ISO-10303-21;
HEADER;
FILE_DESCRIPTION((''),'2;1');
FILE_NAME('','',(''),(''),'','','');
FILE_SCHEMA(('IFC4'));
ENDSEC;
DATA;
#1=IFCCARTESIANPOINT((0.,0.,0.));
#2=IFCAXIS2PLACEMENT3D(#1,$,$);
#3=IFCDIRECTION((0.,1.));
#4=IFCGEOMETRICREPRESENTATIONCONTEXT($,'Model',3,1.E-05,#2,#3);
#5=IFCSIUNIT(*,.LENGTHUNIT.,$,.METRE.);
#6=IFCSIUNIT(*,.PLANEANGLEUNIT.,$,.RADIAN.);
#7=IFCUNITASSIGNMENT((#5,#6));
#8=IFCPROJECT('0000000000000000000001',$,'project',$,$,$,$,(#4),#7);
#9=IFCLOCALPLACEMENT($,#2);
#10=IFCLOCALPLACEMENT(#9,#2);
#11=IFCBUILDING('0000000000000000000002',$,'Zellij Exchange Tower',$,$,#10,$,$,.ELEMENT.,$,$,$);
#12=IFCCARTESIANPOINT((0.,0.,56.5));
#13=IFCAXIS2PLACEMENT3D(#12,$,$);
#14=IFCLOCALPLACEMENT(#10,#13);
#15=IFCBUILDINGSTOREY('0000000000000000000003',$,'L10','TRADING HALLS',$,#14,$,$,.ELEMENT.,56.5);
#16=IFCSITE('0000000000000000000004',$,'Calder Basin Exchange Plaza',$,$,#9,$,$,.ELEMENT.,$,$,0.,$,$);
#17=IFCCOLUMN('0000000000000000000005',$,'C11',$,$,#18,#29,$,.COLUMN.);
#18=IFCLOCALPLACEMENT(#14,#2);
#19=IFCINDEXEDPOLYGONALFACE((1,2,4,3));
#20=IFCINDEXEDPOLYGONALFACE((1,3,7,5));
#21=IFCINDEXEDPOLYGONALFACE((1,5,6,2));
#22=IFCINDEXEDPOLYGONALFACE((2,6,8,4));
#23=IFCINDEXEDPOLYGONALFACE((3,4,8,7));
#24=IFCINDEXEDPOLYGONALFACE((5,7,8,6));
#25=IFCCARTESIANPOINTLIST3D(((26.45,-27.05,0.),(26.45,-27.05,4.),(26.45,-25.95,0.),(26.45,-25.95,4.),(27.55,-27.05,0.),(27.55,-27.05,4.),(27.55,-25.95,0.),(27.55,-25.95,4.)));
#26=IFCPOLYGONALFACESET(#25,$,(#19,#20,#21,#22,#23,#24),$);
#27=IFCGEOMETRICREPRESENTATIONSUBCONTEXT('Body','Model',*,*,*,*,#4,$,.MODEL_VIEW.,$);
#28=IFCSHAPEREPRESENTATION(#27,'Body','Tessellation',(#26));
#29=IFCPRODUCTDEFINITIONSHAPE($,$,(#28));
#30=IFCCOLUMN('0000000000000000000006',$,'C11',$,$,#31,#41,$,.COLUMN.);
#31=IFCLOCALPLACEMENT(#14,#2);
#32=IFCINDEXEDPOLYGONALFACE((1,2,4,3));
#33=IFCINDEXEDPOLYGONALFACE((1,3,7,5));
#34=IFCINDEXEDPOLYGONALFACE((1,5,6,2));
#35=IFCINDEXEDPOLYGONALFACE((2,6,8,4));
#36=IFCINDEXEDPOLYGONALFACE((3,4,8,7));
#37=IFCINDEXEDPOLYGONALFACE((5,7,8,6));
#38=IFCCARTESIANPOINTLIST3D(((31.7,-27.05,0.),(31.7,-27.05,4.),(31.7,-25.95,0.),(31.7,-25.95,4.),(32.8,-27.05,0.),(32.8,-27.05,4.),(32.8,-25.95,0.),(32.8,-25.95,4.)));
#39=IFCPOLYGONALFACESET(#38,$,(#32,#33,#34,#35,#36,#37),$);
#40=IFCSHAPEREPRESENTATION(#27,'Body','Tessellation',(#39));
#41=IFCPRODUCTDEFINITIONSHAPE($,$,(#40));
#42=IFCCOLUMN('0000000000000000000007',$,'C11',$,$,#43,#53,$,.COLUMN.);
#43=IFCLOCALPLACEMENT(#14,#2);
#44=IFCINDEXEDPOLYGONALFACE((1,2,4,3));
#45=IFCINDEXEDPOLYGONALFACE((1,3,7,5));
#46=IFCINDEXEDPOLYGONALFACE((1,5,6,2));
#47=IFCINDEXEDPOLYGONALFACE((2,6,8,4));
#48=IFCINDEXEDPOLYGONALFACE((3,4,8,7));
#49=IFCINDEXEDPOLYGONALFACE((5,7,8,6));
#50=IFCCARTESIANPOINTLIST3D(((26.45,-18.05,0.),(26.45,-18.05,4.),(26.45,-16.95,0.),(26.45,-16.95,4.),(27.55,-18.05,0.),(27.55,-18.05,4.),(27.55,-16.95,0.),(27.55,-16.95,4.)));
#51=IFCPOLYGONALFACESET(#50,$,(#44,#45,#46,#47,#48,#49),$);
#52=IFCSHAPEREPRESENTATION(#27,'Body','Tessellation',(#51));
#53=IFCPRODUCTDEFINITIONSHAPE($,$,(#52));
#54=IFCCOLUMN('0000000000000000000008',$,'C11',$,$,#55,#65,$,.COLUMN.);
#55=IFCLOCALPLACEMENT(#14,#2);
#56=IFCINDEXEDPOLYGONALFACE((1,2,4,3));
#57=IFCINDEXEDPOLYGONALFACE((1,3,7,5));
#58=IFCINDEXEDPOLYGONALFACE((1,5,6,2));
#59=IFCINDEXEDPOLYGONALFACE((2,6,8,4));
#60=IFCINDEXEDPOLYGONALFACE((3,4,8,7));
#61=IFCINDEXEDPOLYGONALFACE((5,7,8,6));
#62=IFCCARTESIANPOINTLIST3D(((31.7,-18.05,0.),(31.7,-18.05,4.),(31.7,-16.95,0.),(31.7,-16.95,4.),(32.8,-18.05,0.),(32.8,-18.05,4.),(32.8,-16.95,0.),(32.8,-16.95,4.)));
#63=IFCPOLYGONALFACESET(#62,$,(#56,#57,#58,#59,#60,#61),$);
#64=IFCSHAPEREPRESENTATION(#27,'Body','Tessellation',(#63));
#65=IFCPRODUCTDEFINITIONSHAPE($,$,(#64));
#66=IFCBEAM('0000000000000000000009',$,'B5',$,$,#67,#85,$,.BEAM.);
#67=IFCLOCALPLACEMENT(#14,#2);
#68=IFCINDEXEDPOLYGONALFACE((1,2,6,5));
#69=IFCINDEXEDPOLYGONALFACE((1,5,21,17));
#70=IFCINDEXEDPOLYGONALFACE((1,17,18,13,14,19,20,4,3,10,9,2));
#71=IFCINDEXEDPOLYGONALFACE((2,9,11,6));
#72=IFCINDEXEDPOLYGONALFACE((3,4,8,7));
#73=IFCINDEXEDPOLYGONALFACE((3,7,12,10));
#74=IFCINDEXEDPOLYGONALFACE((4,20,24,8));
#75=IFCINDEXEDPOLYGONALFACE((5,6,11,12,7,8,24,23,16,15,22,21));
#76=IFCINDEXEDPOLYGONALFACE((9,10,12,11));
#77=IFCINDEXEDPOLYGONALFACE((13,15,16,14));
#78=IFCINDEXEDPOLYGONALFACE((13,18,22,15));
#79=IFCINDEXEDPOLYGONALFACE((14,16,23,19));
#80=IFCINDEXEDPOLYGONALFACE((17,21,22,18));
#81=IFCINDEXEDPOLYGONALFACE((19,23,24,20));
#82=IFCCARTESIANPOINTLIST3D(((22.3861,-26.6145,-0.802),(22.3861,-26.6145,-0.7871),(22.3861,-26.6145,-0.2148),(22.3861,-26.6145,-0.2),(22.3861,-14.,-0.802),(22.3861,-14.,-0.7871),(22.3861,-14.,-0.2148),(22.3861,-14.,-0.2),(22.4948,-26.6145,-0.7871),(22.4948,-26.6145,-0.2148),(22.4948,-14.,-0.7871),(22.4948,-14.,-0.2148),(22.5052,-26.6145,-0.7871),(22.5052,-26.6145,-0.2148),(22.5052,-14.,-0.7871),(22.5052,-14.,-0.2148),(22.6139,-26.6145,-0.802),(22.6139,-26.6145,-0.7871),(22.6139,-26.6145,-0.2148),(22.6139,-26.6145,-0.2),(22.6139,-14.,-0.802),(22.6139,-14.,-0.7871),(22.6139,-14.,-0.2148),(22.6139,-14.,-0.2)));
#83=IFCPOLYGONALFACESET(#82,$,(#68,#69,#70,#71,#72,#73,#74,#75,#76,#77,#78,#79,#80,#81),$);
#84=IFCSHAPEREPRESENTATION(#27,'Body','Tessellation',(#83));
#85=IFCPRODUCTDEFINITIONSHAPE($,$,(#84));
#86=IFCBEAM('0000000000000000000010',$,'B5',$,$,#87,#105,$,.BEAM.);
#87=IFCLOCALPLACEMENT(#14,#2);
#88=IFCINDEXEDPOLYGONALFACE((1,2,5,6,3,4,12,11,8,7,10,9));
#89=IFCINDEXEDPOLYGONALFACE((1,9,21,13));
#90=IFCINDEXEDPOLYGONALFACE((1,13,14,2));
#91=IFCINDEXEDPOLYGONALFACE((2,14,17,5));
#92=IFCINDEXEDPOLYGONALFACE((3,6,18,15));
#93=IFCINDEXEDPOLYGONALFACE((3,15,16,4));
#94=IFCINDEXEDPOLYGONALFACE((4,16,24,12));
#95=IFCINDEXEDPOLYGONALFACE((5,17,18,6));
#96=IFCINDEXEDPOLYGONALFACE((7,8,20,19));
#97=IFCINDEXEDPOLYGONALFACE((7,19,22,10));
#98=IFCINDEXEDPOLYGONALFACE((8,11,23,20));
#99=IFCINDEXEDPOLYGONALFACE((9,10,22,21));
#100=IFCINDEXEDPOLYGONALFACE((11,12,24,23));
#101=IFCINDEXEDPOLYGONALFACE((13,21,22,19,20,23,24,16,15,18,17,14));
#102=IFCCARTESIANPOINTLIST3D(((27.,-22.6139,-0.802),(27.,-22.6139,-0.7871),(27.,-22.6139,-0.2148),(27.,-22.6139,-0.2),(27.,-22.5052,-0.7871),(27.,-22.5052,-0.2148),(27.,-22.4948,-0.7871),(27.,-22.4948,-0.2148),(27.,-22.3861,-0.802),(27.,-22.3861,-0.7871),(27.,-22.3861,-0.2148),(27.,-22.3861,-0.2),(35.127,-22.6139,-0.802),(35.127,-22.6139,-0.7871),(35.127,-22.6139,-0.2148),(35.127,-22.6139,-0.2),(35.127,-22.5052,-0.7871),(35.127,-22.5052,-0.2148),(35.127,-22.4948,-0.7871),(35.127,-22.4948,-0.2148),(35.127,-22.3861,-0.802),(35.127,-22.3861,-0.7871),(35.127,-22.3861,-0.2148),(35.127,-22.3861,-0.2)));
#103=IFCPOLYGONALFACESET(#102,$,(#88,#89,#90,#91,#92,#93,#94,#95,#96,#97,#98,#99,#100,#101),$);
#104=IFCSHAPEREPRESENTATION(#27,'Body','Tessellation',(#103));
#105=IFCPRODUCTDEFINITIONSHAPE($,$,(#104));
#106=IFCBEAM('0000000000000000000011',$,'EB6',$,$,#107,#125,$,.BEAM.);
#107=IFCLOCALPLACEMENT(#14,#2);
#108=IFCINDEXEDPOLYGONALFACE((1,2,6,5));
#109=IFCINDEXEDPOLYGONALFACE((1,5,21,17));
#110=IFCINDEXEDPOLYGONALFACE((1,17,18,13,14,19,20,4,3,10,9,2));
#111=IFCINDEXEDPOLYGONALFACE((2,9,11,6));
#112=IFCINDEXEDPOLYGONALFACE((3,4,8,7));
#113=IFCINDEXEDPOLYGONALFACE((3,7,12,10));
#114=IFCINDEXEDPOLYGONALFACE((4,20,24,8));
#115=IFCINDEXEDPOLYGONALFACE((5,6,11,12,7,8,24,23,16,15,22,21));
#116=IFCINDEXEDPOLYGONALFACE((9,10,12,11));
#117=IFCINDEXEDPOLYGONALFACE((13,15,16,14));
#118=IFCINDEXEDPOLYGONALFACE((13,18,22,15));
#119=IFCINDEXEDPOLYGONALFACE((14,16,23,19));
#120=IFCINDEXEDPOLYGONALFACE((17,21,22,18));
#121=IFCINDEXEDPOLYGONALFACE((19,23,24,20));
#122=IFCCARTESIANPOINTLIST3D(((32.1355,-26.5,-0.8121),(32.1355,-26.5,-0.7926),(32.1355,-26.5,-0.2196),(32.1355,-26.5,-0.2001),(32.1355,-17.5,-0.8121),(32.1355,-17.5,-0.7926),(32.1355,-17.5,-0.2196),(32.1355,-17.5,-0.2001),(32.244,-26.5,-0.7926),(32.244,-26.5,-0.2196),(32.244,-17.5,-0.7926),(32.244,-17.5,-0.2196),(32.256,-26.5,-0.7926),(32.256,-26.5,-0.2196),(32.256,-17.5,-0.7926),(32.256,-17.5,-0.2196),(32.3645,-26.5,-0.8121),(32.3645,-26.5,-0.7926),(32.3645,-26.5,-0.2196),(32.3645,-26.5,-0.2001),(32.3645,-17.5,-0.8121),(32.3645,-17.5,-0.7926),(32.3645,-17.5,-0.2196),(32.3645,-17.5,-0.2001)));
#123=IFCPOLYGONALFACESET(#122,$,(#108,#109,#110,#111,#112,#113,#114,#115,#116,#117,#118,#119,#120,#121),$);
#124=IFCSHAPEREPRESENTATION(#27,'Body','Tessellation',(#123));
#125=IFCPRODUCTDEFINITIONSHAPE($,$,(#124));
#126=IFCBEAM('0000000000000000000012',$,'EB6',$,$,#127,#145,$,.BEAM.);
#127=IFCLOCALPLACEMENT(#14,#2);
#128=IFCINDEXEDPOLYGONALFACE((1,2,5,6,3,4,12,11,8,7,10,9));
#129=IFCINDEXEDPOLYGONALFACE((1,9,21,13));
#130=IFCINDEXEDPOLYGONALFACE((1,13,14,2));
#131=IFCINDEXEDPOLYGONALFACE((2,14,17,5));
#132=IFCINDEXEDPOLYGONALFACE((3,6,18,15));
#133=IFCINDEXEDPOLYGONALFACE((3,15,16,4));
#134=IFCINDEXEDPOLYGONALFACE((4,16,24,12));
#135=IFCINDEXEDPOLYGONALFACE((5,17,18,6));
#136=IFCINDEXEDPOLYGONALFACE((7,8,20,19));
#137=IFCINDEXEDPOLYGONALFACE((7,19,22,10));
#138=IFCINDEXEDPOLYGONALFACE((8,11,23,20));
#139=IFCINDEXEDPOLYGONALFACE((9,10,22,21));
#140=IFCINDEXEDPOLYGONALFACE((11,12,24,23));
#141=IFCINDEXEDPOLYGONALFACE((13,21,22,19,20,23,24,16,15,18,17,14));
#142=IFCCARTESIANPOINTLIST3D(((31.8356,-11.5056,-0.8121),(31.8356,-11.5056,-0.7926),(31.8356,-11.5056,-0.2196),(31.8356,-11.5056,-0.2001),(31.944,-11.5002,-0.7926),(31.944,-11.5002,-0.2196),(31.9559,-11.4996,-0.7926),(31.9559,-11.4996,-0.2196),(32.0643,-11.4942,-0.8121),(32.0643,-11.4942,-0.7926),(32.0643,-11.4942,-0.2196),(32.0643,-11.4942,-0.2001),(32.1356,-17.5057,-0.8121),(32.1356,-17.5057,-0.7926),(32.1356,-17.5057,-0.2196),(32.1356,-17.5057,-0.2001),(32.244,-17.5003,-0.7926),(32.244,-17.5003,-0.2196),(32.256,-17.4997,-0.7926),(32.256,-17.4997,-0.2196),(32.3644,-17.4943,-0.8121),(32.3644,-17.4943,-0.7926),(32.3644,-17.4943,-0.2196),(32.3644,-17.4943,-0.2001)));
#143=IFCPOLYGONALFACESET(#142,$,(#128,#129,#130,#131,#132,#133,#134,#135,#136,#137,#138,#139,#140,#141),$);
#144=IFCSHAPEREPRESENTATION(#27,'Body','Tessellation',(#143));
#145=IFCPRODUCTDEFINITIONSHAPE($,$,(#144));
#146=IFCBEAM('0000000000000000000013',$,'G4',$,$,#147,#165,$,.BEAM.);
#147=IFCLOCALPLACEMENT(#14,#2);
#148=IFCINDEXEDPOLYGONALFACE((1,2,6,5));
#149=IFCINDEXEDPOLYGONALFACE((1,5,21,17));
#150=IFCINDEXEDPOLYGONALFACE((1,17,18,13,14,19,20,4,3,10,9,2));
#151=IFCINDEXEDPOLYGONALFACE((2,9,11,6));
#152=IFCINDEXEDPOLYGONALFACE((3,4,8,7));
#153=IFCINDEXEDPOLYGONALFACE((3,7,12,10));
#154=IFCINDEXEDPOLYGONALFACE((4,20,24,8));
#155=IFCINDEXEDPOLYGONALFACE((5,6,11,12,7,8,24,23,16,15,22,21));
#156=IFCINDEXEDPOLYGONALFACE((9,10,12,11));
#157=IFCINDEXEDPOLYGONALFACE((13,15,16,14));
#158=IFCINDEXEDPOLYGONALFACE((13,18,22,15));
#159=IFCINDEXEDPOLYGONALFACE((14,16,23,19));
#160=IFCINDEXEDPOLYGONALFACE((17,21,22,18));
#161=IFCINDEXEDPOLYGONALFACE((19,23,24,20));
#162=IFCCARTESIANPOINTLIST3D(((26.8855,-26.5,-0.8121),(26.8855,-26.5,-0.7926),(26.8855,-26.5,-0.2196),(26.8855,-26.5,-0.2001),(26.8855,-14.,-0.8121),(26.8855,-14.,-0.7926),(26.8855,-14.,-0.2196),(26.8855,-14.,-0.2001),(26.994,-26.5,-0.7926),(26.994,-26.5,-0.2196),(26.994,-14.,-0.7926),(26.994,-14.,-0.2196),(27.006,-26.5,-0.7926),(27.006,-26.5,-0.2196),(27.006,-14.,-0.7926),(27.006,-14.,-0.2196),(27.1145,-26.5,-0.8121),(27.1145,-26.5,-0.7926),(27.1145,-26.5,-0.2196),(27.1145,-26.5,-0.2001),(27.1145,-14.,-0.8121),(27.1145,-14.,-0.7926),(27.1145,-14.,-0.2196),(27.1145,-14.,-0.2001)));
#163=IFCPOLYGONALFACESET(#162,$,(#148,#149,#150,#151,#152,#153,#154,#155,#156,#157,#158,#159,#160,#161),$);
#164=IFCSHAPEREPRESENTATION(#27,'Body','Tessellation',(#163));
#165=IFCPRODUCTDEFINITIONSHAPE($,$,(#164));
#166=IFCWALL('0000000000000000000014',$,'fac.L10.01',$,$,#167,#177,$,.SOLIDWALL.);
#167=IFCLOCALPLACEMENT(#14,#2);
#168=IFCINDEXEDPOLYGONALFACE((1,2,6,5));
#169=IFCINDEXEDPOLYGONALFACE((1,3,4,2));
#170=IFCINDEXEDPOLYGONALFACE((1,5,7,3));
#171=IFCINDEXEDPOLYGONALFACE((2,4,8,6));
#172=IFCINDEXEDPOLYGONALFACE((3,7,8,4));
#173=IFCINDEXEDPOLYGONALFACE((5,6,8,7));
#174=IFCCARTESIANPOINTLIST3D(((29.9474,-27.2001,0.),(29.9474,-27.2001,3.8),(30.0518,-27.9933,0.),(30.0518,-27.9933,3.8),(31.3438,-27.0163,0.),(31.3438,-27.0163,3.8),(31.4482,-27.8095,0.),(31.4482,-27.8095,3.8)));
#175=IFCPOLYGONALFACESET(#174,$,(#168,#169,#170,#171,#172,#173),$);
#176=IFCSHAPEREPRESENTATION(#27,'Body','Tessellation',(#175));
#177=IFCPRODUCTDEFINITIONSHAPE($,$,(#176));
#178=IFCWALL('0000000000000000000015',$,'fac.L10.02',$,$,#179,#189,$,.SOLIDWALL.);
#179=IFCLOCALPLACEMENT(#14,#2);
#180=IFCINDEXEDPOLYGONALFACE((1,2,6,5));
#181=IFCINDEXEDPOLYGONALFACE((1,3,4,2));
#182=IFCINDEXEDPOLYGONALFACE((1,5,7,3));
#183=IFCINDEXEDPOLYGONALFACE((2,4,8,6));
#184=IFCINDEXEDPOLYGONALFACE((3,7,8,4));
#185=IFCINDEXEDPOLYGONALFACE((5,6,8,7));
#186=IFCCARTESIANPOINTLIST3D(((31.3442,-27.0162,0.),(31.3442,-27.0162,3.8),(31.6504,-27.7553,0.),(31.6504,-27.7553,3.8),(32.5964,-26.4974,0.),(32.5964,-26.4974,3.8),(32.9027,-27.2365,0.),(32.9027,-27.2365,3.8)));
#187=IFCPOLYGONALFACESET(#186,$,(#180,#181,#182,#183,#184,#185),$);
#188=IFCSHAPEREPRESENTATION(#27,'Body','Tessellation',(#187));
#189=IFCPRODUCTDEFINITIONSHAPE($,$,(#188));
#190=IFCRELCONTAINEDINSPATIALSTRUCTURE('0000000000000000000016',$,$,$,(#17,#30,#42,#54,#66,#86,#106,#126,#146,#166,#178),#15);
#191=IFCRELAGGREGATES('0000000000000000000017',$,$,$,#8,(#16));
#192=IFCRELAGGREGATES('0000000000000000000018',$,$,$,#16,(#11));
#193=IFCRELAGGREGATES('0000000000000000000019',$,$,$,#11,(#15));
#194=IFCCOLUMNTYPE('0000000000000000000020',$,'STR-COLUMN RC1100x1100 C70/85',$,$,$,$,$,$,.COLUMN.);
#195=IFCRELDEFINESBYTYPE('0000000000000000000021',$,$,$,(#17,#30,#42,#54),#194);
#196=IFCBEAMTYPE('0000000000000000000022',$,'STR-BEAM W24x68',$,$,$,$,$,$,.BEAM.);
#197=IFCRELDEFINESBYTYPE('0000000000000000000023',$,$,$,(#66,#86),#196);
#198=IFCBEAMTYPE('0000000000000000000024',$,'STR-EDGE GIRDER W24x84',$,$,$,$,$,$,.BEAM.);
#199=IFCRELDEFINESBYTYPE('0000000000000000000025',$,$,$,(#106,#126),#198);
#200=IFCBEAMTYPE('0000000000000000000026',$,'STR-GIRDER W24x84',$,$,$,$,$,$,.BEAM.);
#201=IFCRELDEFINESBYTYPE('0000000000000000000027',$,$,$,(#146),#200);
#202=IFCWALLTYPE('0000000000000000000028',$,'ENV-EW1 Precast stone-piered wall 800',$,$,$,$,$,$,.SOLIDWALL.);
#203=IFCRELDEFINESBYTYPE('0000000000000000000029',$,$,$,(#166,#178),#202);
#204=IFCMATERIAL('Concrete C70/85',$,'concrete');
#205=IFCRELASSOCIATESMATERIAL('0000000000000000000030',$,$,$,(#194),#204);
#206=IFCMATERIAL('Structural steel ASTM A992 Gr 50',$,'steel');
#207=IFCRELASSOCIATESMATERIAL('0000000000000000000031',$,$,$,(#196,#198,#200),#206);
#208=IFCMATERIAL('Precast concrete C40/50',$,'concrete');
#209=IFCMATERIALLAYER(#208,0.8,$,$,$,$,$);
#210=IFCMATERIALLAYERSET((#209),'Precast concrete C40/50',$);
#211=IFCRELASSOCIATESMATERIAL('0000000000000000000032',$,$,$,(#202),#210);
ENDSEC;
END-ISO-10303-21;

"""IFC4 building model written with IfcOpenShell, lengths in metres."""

from ifc_helpers import new_model, si_unit, direction, frame, frame_2d, origin, origin_2d, place, context, subcontext, project, spatial, rectangle, i_section, extrude, material, layer, layer_set, material_profile, profile_set, type_object, element, save


model = new_model("IFC4")

# Units and contexts
model_context = context("Model", 3, precision=1e-05, world=origin(), true_north=direction((0.0, 1.0)))
body_context = subcontext(model_context, "Body", "Model", "MODEL_VIEW")
ifc_project = project(units=[si_unit("LENGTHUNIT", "METRE"), si_unit("PLANEANGLEUNIT", "RADIAN")], contexts=[model_context])

# Site, building, storey
site_placement = place(None, origin())
site = spatial("IfcSite", under=ifc_project, at=site_placement, Name="Calder Basin Exchange Plaza", CompositionType="ELEMENT", RefElevation=0.0)
building_placement = place(site_placement, origin())
building = spatial("IfcBuilding", under=site, at=building_placement, Name="Zellij Exchange Tower", CompositionType="ELEMENT")
storey_placement = place(building_placement, frame((0.0, 0.0, 56.5)))
storey = spatial("IfcBuildingStorey", under=building, at=storey_placement, Name="L10", Description="TRADING HALLS", CompositionType="ELEMENT", Elevation=56.5)

# Columns
ifc_material_1 = material(Name="Concrete C70/85", Category="concrete")
ifc_material_profile_1 = material_profile(ifc_material_1, rectangle(XDim=1.1001, YDim=1.1001, at=origin_2d()), Name="STR-COLUMN RC1100x1100 C70/85")
ifc_profile_set_1 = profile_set([ifc_material_profile_1], Name="Concrete C70/85")
column_type = type_object("IfcColumnType", Name="STR-COLUMN RC1100x1100 C70/85", PredefinedType="COLUMN", material=ifc_profile_set_1)
for number, where, z_axis, x_axis, name in (
    (1, (27.0, -26.5, 0.0), (0.0, 0.0, 1.0), (1.0, 0.0, 0.0), "C11"),
    (2, (32.25, -26.5, 0.0), (0.0, 0.0, 1.0), (1.0, 0.0, 0.0), "C11"),
    (3, (27.0, -17.5, 0.0), (0.0, 0.0, 1.0), (1.0, 0.0, 0.0), "C11"),
    (4, (32.25, -17.5, 0.0), (0.0, 0.0, 1.0), (1.0, 0.0, 0.0), "C11"),
):
    element("IfcColumn", number, at=place(storey_placement, frame(where, z_axis=z_axis, x_axis=x_axis)), inside=storey, type_object=column_type, Name=name, PredefinedType="COLUMN", context=body_context, shape_type="SweptSolid", body=[
        extrude(rectangle(XDim=1.1001, YDim=1.1001, at=origin_2d()), origin(), (0.0, 0.0, 1.0), 4.0),
    ])

# Beams
ifc_material_2 = material(Name="Structural steel ASTM A992 Gr 50", Category="steel")
ifc_material_profile_2 = material_profile(ifc_material_2, i_section(OverallWidth=0.2278, OverallDepth=0.6021, WebThickness=0.0105, FlangeThickness=0.0149, at=origin_2d()), Name="W24x68")
ifc_profile_set_2 = profile_set([ifc_material_profile_2], Name="Structural steel ASTM A992 Gr 50")
beam_type_1 = type_object("IfcBeamType", Name="STR-BEAM W24x68", PredefinedType="BEAM", material=ifc_profile_set_2)
beam_1_placement = place(storey_placement, frame((22.5, -26.6145, -0.501), z_axis=(0.0, 1.0, 0.0), x_axis=(-1.0, 0.0, 0.0)))
element("IfcBeam", 5, at=beam_1_placement, inside=storey, type_object=beam_type_1, Name="B5", PredefinedType="BEAM", context=body_context, shape_type="SweptSolid", body=[
    extrude(i_section(OverallWidth=0.2278, OverallDepth=0.6021, WebThickness=0.0105, FlangeThickness=0.0149, at=origin_2d()), origin(), (0.0, 0.0, 1.0), 12.6145),
])
beam_2_placement = place(storey_placement, frame((27.0, -22.5, -0.501), z_axis=(1.0, 0.0, 0.0), x_axis=(0.0, 1.0, 0.0)))
element("IfcBeam", 6, at=beam_2_placement, inside=storey, type_object=beam_type_1, Name="B5", PredefinedType="BEAM", context=body_context, shape_type="SweptSolid", body=[
    extrude(i_section(OverallWidth=0.2278, OverallDepth=0.6021, WebThickness=0.0105, FlangeThickness=0.0149, at=origin_2d()), origin(), (0.0, 0.0, 1.0), 8.127),
])
ifc_material_profile_3 = material_profile(ifc_material_2, i_section(OverallWidth=0.229, OverallDepth=0.6121, WebThickness=0.012, FlangeThickness=0.0195, at=origin_2d()), Name="W24x84")
ifc_profile_set_3 = profile_set([ifc_material_profile_3], Name="Structural steel ASTM A992 Gr 50")
beam_type_2 = type_object("IfcBeamType", Name="STR-EDGE GIRDER W24x84", PredefinedType="BEAM", material=ifc_profile_set_3)
beam_3_placement = place(storey_placement, frame((32.25, -26.5, -0.5061), z_axis=(0.0, 1.0, 0.0), x_axis=(-1.0, 0.0, 0.0)))
element("IfcBeam", 7, at=beam_3_placement, inside=storey, type_object=beam_type_2, Name="EB6", PredefinedType="BEAM", context=body_context, shape_type="SweptSolid", body=[
    extrude(i_section(OverallWidth=0.229, OverallDepth=0.6121, WebThickness=0.012, FlangeThickness=0.0195, at=origin_2d()), origin(), (0.0, 0.0, 1.0), 9.0),
])
beam_4_placement = place(storey_placement, frame((32.25, -17.5, -0.5061), z_axis=(-0.049946, 0.998752, 0.0), x_axis=(-0.998752, -0.049946, 0.0)))
element("IfcBeam", 8, at=beam_4_placement, inside=storey, type_object=beam_type_2, Name="EB6", PredefinedType="BEAM", context=body_context, shape_type="SweptSolid", body=[
    extrude(i_section(OverallWidth=0.229, OverallDepth=0.6121, WebThickness=0.012, FlangeThickness=0.0195, at=origin_2d()), origin(), (0.0, 0.0, 1.0), 6.0076),
])
ifc_material_profile_4 = material_profile(ifc_material_2, i_section(OverallWidth=0.229, OverallDepth=0.6121, WebThickness=0.012, FlangeThickness=0.0195, at=origin_2d()), Name="W24x84")
ifc_profile_set_4 = profile_set([ifc_material_profile_4], Name="Structural steel ASTM A992 Gr 50")
beam_type_3 = type_object("IfcBeamType", Name="STR-GIRDER W24x84", PredefinedType="BEAM", material=ifc_profile_set_4)
beam_5_placement = place(storey_placement, frame((27.0, -26.5, -0.5061), z_axis=(0.0, 1.0, 0.0), x_axis=(-1.0, 0.0, 0.0)))
element("IfcBeam", 9, at=beam_5_placement, inside=storey, type_object=beam_type_3, Name="G4", PredefinedType="BEAM", context=body_context, shape_type="SweptSolid", body=[
    extrude(i_section(OverallWidth=0.229, OverallDepth=0.6121, WebThickness=0.012, FlangeThickness=0.0195, at=origin_2d()), origin(), (0.0, 0.0, 1.0), 12.5),
])

# Walls
ifc_material_3 = material(Name="Precast concrete C40/50", Category="concrete")
ifc_layer = layer(ifc_material_3, 0.8)
ifc_layer_set = layer_set([ifc_layer], Name="Precast concrete C40/50")
wall_type = type_object("IfcWallType", Name="ENV-EW1 Precast stone-piered wall 800", PredefinedType="SOLIDWALL", material=ifc_layer_set)
wall_1_placement = place(storey_placement, frame((29.9998, -27.5967, 0.0), z_axis=(0.0, 0.0, 1.0), x_axis=(0.991446, 0.130517, 0.0)))
element("IfcWall", 10, at=wall_1_placement, inside=storey, type_object=wall_type, Name="fac.L10.01", PredefinedType="SOLIDWALL", context=body_context, shape_type="SweptSolid", body=[
    extrude(rectangle(XDim=1.4084, YDim=0.8, at=frame_2d((0.7041, 0.0))), origin(), (0.0, 0.0, 1.0), 3.8),
])
wall_2_placement = place(storey_placement, frame((31.4973, -27.3857, 0.0), z_axis=(0.0, 0.0, 1.0), x_axis=(0.923848, 0.38276, 0.0)))
element("IfcWall", 11, at=wall_2_placement, inside=storey, type_object=wall_type, Name="fac.L10.02", PredefinedType="SOLIDWALL", context=body_context, shape_type="SweptSolid", body=[
    extrude(rectangle(XDim=1.3555, YDim=0.8, at=frame_2d((0.6777, 0.0))), origin(), (0.0, 0.0, 1.0), 3.8),
])

save(model, "model.ifc")
